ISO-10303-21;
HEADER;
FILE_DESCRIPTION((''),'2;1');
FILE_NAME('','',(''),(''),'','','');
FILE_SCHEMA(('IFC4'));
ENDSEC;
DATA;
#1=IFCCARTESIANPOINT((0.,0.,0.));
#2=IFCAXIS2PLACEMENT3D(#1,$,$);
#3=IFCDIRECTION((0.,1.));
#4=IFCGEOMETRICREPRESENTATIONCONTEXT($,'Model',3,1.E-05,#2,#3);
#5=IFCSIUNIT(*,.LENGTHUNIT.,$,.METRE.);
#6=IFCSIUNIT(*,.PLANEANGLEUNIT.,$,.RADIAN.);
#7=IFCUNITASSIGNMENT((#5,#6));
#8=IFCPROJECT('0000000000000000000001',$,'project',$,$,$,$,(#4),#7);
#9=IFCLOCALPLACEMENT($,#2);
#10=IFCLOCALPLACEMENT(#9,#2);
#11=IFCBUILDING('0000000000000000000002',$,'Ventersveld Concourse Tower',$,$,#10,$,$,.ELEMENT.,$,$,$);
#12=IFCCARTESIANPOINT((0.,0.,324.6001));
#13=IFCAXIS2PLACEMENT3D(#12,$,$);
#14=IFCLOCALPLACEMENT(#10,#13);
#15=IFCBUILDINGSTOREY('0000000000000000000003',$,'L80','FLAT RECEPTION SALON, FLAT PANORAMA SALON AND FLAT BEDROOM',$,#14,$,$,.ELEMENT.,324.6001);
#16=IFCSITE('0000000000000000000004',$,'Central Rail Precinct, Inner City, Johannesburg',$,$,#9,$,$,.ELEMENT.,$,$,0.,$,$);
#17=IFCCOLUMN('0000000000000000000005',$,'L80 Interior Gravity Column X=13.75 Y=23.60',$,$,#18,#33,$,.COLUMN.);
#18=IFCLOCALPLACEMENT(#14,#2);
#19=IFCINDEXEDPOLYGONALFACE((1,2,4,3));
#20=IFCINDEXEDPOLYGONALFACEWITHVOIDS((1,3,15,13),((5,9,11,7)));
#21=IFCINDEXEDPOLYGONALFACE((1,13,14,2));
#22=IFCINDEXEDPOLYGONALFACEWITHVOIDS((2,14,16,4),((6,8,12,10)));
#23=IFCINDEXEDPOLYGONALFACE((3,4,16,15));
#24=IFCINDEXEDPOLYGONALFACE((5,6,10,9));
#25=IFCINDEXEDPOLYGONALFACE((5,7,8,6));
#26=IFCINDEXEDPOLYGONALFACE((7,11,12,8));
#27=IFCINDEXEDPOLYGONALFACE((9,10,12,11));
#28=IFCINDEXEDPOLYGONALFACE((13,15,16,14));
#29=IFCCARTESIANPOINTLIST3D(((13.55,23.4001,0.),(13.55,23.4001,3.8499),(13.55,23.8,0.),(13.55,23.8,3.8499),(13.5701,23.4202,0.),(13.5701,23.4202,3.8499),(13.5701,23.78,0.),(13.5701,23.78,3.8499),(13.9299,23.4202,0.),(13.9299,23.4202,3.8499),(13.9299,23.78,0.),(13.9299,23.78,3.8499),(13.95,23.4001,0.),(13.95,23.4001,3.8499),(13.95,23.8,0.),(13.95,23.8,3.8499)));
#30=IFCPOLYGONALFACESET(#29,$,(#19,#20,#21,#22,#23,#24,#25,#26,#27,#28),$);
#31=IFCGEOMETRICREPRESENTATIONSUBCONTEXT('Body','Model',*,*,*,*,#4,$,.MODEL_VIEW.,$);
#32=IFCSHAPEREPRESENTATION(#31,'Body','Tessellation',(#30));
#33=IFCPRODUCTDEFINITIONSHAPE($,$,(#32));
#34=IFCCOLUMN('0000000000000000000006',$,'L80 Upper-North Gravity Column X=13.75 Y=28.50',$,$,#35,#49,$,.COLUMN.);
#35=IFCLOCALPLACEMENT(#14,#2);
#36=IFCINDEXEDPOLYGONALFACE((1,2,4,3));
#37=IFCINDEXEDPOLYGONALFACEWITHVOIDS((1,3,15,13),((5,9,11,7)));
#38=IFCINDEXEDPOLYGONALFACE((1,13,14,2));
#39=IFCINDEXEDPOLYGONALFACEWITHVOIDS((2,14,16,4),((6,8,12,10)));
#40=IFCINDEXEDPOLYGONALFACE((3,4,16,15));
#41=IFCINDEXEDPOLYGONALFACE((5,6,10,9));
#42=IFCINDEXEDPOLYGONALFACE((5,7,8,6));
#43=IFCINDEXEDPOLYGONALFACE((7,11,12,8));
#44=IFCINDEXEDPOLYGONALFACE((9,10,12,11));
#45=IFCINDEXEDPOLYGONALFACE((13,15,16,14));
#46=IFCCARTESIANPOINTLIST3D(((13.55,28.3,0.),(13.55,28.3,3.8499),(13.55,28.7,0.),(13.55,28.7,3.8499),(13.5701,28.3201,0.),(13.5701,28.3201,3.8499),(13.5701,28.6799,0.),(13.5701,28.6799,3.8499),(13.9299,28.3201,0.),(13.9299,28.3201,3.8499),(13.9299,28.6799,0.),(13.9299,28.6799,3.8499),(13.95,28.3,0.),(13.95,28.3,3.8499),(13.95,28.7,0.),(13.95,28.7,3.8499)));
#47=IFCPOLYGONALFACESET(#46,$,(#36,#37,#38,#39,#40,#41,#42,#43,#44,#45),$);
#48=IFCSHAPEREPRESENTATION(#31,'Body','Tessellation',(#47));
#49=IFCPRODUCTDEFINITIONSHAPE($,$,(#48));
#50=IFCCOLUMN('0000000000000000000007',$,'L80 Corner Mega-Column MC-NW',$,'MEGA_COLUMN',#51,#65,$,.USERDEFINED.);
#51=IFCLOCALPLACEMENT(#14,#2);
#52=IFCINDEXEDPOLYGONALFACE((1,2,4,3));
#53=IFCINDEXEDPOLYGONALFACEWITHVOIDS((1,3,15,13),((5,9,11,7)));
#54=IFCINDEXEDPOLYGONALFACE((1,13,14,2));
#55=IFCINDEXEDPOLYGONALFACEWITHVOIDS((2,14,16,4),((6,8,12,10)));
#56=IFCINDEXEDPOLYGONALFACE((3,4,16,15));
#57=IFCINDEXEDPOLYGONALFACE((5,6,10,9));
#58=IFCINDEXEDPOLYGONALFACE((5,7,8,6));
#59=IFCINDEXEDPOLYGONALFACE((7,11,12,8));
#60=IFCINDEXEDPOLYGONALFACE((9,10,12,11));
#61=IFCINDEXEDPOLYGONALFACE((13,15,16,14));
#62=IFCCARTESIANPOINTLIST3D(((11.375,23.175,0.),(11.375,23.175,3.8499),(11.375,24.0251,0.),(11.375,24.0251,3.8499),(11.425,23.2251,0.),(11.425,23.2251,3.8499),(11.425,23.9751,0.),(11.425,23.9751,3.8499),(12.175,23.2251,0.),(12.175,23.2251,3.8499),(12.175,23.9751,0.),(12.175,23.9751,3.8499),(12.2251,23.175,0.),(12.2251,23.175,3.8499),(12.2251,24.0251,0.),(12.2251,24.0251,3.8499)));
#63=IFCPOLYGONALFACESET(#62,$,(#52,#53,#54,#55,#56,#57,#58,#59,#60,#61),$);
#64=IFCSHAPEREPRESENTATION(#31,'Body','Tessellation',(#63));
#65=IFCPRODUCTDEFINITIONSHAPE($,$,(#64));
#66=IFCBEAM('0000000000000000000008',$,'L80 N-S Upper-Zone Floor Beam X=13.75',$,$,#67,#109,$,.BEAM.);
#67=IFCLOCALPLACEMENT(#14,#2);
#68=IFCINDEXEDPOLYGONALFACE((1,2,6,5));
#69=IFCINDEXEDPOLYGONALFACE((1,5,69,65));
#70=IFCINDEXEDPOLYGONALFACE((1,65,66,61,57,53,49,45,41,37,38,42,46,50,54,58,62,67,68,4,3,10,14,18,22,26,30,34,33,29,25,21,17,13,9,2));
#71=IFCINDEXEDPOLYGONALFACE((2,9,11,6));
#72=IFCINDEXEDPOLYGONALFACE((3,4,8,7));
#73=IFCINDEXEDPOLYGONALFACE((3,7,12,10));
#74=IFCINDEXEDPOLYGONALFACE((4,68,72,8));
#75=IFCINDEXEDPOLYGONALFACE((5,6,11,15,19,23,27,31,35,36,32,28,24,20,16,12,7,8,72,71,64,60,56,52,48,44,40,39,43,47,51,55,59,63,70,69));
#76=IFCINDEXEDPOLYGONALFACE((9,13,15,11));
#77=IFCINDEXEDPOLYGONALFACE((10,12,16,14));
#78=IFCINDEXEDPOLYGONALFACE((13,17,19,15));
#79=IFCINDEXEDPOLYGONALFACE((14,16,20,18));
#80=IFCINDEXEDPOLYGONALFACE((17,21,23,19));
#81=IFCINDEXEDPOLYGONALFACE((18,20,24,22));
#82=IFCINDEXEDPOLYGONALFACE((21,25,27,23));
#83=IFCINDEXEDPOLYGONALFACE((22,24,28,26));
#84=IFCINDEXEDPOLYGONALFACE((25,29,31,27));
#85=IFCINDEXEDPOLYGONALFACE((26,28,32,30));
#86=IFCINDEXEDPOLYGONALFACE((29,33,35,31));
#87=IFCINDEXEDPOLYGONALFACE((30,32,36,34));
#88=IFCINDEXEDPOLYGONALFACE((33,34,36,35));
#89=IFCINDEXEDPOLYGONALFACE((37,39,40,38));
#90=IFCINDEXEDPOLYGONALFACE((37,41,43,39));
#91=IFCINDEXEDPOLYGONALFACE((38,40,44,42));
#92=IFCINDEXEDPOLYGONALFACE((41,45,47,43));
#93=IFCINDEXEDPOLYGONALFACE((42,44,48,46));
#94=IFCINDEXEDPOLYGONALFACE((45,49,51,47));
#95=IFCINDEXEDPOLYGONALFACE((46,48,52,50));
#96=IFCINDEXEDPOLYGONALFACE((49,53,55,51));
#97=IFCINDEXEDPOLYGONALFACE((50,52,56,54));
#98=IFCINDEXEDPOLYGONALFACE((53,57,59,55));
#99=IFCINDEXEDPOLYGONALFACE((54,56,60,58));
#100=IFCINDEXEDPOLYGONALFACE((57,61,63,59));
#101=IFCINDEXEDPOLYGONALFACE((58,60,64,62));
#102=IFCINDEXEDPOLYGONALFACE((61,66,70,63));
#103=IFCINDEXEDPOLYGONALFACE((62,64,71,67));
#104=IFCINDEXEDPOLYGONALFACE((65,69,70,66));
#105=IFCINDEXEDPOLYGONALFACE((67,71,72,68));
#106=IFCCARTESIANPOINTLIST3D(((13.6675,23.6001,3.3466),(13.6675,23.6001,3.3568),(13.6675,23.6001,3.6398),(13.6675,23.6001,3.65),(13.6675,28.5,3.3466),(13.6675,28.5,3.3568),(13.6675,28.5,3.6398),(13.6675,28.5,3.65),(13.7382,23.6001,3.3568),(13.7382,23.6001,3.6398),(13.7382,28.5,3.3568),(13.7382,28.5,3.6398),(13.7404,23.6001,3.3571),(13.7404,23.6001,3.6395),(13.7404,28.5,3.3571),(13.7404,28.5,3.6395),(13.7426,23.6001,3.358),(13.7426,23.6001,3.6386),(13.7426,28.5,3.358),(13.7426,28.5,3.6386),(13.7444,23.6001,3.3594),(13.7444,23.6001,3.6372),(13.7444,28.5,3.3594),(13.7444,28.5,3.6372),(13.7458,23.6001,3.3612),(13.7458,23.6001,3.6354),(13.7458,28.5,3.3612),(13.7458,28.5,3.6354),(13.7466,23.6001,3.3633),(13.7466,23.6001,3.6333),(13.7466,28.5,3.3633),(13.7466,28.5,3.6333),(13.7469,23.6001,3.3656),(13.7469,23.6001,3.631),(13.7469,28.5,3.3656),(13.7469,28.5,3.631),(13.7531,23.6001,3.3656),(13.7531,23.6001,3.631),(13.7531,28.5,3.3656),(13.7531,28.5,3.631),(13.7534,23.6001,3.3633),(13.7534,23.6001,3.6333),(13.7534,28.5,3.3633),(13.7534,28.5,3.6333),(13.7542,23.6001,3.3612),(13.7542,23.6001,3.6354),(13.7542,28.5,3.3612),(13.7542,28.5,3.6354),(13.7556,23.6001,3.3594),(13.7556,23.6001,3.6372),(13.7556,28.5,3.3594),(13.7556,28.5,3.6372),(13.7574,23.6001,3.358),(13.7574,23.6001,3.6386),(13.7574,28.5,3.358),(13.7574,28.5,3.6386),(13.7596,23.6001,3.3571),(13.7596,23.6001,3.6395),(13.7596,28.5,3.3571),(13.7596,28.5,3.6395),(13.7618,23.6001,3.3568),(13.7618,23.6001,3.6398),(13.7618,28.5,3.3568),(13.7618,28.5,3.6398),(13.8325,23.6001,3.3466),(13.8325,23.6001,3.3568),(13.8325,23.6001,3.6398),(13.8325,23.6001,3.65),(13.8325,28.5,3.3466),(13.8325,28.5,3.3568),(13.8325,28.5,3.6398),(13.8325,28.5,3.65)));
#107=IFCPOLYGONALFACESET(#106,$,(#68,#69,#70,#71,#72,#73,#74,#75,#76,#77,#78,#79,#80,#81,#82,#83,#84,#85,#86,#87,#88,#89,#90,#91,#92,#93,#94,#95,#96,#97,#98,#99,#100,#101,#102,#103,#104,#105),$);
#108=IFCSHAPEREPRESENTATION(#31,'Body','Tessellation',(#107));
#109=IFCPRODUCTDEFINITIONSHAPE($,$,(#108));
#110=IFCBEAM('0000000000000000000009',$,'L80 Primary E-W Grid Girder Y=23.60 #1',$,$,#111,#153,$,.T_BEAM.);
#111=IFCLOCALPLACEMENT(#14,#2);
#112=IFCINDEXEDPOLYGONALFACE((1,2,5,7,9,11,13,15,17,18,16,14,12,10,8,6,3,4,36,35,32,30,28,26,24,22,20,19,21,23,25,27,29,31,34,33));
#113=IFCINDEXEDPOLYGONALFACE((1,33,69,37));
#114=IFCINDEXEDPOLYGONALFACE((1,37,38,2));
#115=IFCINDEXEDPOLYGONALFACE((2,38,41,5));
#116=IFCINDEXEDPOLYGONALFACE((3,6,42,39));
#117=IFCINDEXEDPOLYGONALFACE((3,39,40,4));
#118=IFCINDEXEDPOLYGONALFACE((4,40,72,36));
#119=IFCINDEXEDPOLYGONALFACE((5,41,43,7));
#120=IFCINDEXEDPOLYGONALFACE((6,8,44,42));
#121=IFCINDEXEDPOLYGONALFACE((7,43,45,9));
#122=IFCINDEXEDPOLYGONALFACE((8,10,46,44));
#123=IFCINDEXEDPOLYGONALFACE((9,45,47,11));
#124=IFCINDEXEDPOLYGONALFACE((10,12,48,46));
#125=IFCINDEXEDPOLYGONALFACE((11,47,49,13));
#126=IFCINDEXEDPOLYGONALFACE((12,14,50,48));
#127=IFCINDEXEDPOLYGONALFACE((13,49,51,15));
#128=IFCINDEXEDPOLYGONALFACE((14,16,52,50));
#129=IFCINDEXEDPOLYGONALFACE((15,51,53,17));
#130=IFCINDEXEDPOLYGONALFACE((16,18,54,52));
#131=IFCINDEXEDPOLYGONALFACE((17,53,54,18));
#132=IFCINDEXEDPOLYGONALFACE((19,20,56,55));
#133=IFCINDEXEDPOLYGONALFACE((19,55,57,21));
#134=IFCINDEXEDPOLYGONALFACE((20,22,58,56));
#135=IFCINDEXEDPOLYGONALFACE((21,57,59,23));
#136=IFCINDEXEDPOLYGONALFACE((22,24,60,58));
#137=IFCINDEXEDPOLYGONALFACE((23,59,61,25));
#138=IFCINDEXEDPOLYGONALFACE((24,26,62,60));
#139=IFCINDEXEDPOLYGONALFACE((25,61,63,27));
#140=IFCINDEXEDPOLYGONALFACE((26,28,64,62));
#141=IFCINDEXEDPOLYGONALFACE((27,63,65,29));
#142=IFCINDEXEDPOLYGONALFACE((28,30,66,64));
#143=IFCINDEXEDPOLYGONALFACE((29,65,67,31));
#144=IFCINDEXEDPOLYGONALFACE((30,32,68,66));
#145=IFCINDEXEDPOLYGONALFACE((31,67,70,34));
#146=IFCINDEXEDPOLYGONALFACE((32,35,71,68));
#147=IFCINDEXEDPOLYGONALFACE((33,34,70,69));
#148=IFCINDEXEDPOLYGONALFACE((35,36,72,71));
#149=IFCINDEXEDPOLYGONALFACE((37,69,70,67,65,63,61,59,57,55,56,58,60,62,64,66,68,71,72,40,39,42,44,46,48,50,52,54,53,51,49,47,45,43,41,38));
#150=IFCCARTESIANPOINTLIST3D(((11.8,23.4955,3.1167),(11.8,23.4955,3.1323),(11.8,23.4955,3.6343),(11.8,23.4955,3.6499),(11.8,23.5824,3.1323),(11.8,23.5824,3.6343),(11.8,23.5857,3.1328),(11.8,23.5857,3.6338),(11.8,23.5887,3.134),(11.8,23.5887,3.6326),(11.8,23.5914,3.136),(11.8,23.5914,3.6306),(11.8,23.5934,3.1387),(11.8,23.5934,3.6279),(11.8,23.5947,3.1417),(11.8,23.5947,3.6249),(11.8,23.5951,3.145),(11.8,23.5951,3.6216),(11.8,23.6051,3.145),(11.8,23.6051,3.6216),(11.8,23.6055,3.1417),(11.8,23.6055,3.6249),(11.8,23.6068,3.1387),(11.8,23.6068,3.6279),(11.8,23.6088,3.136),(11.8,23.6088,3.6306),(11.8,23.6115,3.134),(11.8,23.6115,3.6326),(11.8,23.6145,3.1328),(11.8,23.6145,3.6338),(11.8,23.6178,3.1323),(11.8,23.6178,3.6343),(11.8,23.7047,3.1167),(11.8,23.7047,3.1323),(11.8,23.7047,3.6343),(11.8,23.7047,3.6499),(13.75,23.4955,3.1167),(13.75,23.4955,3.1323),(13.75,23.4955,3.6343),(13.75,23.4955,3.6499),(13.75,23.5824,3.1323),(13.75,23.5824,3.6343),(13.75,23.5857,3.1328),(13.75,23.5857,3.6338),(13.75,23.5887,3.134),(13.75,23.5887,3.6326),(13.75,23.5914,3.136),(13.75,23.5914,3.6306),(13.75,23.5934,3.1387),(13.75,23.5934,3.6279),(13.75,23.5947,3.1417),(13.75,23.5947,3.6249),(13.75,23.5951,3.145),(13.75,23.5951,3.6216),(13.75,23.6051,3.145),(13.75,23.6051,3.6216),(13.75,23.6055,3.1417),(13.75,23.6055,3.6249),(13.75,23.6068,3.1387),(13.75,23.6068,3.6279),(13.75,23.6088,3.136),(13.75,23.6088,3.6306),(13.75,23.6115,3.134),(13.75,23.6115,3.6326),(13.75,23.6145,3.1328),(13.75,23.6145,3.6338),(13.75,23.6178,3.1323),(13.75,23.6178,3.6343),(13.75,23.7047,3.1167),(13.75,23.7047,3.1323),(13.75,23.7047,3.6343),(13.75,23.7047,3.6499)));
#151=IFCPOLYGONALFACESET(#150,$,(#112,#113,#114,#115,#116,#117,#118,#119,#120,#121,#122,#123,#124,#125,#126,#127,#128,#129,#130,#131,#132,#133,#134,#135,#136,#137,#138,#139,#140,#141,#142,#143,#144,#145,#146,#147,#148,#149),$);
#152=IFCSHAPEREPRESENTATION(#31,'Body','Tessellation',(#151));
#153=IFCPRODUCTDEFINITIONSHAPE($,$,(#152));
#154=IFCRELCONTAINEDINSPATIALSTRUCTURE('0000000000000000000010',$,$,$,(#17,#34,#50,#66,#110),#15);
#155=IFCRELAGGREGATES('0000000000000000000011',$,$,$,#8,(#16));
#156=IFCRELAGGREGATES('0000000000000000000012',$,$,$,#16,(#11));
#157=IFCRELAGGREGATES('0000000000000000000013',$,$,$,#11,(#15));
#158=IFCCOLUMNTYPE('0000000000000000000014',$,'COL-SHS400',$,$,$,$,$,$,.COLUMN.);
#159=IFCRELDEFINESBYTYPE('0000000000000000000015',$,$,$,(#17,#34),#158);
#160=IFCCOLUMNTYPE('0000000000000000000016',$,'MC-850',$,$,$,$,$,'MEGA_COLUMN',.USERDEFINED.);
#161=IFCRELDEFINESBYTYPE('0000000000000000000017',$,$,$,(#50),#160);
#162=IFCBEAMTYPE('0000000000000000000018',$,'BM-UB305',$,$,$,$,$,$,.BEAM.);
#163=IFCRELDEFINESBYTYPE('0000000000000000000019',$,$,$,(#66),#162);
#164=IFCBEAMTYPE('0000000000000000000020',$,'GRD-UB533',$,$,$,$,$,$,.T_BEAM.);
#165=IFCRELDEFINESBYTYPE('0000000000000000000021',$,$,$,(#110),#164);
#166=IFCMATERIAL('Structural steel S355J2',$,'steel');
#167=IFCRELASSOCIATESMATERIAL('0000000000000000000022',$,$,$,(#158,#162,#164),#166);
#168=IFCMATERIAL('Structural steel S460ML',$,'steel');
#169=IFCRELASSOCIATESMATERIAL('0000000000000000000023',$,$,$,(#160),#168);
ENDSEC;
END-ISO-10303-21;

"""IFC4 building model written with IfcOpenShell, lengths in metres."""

from ifc_helpers import new_model, si_unit, direction, frame, origin, origin_2d, place, context, subcontext, project, spatial, hollow_rectangle, i_section, extrude, material, material_profile, profile_set, type_object, element, save


model = new_model("IFC4")

# Units and contexts
model_context = context("Model", 3, precision=1e-05, world=origin(), true_north=direction((0.0, 1.0)))
body_context = subcontext(model_context, "Body", "Model", "MODEL_VIEW")
ifc_project = project(units=[si_unit("LENGTHUNIT", "METRE"), si_unit("PLANEANGLEUNIT", "RADIAN")], contexts=[model_context])

# Site, building, storey
site_placement = place(None, origin())
site = spatial("IfcSite", under=ifc_project, at=site_placement, Name="Central Rail Precinct, Inner City, Johannesburg", CompositionType="ELEMENT", RefElevation=0.0)
building_placement = place(site_placement, origin())
building = spatial("IfcBuilding", under=site, at=building_placement, Name="Ventersveld Concourse Tower", CompositionType="ELEMENT")
storey_placement = place(building_placement, frame((0.0, 0.0, 324.6001)))
storey = spatial("IfcBuildingStorey", under=building, at=storey_placement, Name="L80", Description="FLAT RECEPTION SALON, FLAT PANORAMA SALON AND FLAT BEDROOM", CompositionType="ELEMENT", Elevation=324.6001)

# Columns
ifc_material_1 = material(Name="Structural steel S355J2", Category="steel")
ifc_material_profile_1 = material_profile(ifc_material_1, hollow_rectangle(XDim=0.3999, YDim=0.3999, WallThickness=0.02, at=origin_2d()), Name="SHS 400x400x20")
ifc_profile_set_1 = profile_set([ifc_material_profile_1], Name="Structural steel S355J2")
column_type_1 = type_object("IfcColumnType", Name="COL-SHS400", PredefinedType="COLUMN", material=ifc_profile_set_1)
for number, where, z_axis, x_axis, name in (
    (1, (13.75, 23.6001, 0.0), (0.0, 0.0, 1.0), (1.0, 0.0, 0.0), "L80 Interior Gravity Column X=13.75 Y=23.60"),
    (2, (13.75, 28.5, 0.0), (0.0, 0.0, 1.0), (1.0, 0.0, 0.0), "L80 Upper-North Gravity Column X=13.75 Y=28.50"),
):
    element("IfcColumn", number, at=place(storey_placement, frame(where, z_axis=z_axis, x_axis=x_axis)), inside=storey, type_object=column_type_1, Name=name, PredefinedType="COLUMN", context=body_context, shape_type="SweptSolid", body=[
        extrude(hollow_rectangle(XDim=0.3999, YDim=0.3999, WallThickness=0.02, at=origin_2d()), origin(), (0.0, 0.0, 1.0), 3.8499),
    ])
ifc_material_2 = material(Name="Structural steel S460ML", Category="steel")
ifc_material_profile_2 = material_profile(ifc_material_2, hollow_rectangle(XDim=0.8501, YDim=0.8501, WallThickness=0.05, at=origin_2d()), Name="BOX 850x850x50")
ifc_profile_set_2 = profile_set([ifc_material_profile_2], Name="Structural steel S460ML")
column_type_2 = type_object("IfcColumnType", Name="MC-850", ElementType="MEGA_COLUMN", PredefinedType="USERDEFINED", material=ifc_profile_set_2)
column_placement = place(storey_placement, frame((11.8, 23.6001, 0.0), z_axis=(0.0, 0.0, 1.0), x_axis=(1.0, 0.0, 0.0)))
element("IfcColumn", 3, at=column_placement, inside=storey, type_object=column_type_2, Name="L80 Corner Mega-Column MC-NW", ObjectType="MEGA_COLUMN", PredefinedType="USERDEFINED", context=body_context, shape_type="SweptSolid", body=[
    extrude(hollow_rectangle(XDim=0.8501, YDim=0.8501, WallThickness=0.05, at=origin_2d()), origin(), (0.0, 0.0, 1.0), 3.8499),
])

# Beams
ifc_material_profile_3 = material_profile(ifc_material_1, i_section(OverallWidth=0.165, OverallDepth=0.3035, WebThickness=0.0061, FlangeThickness=0.0103, FilletRadius=0.0088, at=origin_2d()), Name="UB 305x165x40")
ifc_profile_set_3 = profile_set([ifc_material_profile_3], Name="Structural steel S355J2")
beam_type_1 = type_object("IfcBeamType", Name="BM-UB305", PredefinedType="BEAM", material=ifc_profile_set_3)
beam_1_placement = place(storey_placement, frame((13.75, 23.6001, 3.4983), z_axis=(0.0, 1.0, 0.0), x_axis=(-1.0, 0.0, 0.0)))
element("IfcBeam", 4, at=beam_1_placement, inside=storey, type_object=beam_type_1, Name="L80 N-S Upper-Zone Floor Beam X=13.75", PredefinedType="BEAM", context=body_context, shape_type="SweptSolid", body=[
    extrude(i_section(OverallWidth=0.165, OverallDepth=0.3035, WebThickness=0.0061, FlangeThickness=0.0103, FilletRadius=0.0088, at=origin_2d()), origin(), (0.0, 0.0, 1.0), 4.8999),
])
ifc_material_profile_4 = material_profile(ifc_material_1, i_section(OverallWidth=0.2092, OverallDepth=0.5332, WebThickness=0.01, FlangeThickness=0.0156, FilletRadius=0.0127, at=origin_2d()), Name="UB 533x210x92")
ifc_profile_set_4 = profile_set([ifc_material_profile_4], Name="Structural steel S355J2")
beam_type_2 = type_object("IfcBeamType", Name="GRD-UB533", PredefinedType="T_BEAM", material=ifc_profile_set_4)
beam_2_placement = place(storey_placement, frame((11.8, 23.6001, 3.3833), z_axis=(1.0, 0.0, 0.0), x_axis=(0.0, 1.0, 0.0)))
element("IfcBeam", 5, at=beam_2_placement, inside=storey, type_object=beam_type_2, Name="L80 Primary E-W Grid Girder Y=23.60 #1", PredefinedType="T_BEAM", context=body_context, shape_type="SweptSolid", body=[
    extrude(i_section(OverallWidth=0.2092, OverallDepth=0.5332, WebThickness=0.01, FlangeThickness=0.0156, FilletRadius=0.0127, at=origin_2d()), origin(), (0.0, 0.0, 1.0), 1.95),
])

save(model, "model.ifc")
